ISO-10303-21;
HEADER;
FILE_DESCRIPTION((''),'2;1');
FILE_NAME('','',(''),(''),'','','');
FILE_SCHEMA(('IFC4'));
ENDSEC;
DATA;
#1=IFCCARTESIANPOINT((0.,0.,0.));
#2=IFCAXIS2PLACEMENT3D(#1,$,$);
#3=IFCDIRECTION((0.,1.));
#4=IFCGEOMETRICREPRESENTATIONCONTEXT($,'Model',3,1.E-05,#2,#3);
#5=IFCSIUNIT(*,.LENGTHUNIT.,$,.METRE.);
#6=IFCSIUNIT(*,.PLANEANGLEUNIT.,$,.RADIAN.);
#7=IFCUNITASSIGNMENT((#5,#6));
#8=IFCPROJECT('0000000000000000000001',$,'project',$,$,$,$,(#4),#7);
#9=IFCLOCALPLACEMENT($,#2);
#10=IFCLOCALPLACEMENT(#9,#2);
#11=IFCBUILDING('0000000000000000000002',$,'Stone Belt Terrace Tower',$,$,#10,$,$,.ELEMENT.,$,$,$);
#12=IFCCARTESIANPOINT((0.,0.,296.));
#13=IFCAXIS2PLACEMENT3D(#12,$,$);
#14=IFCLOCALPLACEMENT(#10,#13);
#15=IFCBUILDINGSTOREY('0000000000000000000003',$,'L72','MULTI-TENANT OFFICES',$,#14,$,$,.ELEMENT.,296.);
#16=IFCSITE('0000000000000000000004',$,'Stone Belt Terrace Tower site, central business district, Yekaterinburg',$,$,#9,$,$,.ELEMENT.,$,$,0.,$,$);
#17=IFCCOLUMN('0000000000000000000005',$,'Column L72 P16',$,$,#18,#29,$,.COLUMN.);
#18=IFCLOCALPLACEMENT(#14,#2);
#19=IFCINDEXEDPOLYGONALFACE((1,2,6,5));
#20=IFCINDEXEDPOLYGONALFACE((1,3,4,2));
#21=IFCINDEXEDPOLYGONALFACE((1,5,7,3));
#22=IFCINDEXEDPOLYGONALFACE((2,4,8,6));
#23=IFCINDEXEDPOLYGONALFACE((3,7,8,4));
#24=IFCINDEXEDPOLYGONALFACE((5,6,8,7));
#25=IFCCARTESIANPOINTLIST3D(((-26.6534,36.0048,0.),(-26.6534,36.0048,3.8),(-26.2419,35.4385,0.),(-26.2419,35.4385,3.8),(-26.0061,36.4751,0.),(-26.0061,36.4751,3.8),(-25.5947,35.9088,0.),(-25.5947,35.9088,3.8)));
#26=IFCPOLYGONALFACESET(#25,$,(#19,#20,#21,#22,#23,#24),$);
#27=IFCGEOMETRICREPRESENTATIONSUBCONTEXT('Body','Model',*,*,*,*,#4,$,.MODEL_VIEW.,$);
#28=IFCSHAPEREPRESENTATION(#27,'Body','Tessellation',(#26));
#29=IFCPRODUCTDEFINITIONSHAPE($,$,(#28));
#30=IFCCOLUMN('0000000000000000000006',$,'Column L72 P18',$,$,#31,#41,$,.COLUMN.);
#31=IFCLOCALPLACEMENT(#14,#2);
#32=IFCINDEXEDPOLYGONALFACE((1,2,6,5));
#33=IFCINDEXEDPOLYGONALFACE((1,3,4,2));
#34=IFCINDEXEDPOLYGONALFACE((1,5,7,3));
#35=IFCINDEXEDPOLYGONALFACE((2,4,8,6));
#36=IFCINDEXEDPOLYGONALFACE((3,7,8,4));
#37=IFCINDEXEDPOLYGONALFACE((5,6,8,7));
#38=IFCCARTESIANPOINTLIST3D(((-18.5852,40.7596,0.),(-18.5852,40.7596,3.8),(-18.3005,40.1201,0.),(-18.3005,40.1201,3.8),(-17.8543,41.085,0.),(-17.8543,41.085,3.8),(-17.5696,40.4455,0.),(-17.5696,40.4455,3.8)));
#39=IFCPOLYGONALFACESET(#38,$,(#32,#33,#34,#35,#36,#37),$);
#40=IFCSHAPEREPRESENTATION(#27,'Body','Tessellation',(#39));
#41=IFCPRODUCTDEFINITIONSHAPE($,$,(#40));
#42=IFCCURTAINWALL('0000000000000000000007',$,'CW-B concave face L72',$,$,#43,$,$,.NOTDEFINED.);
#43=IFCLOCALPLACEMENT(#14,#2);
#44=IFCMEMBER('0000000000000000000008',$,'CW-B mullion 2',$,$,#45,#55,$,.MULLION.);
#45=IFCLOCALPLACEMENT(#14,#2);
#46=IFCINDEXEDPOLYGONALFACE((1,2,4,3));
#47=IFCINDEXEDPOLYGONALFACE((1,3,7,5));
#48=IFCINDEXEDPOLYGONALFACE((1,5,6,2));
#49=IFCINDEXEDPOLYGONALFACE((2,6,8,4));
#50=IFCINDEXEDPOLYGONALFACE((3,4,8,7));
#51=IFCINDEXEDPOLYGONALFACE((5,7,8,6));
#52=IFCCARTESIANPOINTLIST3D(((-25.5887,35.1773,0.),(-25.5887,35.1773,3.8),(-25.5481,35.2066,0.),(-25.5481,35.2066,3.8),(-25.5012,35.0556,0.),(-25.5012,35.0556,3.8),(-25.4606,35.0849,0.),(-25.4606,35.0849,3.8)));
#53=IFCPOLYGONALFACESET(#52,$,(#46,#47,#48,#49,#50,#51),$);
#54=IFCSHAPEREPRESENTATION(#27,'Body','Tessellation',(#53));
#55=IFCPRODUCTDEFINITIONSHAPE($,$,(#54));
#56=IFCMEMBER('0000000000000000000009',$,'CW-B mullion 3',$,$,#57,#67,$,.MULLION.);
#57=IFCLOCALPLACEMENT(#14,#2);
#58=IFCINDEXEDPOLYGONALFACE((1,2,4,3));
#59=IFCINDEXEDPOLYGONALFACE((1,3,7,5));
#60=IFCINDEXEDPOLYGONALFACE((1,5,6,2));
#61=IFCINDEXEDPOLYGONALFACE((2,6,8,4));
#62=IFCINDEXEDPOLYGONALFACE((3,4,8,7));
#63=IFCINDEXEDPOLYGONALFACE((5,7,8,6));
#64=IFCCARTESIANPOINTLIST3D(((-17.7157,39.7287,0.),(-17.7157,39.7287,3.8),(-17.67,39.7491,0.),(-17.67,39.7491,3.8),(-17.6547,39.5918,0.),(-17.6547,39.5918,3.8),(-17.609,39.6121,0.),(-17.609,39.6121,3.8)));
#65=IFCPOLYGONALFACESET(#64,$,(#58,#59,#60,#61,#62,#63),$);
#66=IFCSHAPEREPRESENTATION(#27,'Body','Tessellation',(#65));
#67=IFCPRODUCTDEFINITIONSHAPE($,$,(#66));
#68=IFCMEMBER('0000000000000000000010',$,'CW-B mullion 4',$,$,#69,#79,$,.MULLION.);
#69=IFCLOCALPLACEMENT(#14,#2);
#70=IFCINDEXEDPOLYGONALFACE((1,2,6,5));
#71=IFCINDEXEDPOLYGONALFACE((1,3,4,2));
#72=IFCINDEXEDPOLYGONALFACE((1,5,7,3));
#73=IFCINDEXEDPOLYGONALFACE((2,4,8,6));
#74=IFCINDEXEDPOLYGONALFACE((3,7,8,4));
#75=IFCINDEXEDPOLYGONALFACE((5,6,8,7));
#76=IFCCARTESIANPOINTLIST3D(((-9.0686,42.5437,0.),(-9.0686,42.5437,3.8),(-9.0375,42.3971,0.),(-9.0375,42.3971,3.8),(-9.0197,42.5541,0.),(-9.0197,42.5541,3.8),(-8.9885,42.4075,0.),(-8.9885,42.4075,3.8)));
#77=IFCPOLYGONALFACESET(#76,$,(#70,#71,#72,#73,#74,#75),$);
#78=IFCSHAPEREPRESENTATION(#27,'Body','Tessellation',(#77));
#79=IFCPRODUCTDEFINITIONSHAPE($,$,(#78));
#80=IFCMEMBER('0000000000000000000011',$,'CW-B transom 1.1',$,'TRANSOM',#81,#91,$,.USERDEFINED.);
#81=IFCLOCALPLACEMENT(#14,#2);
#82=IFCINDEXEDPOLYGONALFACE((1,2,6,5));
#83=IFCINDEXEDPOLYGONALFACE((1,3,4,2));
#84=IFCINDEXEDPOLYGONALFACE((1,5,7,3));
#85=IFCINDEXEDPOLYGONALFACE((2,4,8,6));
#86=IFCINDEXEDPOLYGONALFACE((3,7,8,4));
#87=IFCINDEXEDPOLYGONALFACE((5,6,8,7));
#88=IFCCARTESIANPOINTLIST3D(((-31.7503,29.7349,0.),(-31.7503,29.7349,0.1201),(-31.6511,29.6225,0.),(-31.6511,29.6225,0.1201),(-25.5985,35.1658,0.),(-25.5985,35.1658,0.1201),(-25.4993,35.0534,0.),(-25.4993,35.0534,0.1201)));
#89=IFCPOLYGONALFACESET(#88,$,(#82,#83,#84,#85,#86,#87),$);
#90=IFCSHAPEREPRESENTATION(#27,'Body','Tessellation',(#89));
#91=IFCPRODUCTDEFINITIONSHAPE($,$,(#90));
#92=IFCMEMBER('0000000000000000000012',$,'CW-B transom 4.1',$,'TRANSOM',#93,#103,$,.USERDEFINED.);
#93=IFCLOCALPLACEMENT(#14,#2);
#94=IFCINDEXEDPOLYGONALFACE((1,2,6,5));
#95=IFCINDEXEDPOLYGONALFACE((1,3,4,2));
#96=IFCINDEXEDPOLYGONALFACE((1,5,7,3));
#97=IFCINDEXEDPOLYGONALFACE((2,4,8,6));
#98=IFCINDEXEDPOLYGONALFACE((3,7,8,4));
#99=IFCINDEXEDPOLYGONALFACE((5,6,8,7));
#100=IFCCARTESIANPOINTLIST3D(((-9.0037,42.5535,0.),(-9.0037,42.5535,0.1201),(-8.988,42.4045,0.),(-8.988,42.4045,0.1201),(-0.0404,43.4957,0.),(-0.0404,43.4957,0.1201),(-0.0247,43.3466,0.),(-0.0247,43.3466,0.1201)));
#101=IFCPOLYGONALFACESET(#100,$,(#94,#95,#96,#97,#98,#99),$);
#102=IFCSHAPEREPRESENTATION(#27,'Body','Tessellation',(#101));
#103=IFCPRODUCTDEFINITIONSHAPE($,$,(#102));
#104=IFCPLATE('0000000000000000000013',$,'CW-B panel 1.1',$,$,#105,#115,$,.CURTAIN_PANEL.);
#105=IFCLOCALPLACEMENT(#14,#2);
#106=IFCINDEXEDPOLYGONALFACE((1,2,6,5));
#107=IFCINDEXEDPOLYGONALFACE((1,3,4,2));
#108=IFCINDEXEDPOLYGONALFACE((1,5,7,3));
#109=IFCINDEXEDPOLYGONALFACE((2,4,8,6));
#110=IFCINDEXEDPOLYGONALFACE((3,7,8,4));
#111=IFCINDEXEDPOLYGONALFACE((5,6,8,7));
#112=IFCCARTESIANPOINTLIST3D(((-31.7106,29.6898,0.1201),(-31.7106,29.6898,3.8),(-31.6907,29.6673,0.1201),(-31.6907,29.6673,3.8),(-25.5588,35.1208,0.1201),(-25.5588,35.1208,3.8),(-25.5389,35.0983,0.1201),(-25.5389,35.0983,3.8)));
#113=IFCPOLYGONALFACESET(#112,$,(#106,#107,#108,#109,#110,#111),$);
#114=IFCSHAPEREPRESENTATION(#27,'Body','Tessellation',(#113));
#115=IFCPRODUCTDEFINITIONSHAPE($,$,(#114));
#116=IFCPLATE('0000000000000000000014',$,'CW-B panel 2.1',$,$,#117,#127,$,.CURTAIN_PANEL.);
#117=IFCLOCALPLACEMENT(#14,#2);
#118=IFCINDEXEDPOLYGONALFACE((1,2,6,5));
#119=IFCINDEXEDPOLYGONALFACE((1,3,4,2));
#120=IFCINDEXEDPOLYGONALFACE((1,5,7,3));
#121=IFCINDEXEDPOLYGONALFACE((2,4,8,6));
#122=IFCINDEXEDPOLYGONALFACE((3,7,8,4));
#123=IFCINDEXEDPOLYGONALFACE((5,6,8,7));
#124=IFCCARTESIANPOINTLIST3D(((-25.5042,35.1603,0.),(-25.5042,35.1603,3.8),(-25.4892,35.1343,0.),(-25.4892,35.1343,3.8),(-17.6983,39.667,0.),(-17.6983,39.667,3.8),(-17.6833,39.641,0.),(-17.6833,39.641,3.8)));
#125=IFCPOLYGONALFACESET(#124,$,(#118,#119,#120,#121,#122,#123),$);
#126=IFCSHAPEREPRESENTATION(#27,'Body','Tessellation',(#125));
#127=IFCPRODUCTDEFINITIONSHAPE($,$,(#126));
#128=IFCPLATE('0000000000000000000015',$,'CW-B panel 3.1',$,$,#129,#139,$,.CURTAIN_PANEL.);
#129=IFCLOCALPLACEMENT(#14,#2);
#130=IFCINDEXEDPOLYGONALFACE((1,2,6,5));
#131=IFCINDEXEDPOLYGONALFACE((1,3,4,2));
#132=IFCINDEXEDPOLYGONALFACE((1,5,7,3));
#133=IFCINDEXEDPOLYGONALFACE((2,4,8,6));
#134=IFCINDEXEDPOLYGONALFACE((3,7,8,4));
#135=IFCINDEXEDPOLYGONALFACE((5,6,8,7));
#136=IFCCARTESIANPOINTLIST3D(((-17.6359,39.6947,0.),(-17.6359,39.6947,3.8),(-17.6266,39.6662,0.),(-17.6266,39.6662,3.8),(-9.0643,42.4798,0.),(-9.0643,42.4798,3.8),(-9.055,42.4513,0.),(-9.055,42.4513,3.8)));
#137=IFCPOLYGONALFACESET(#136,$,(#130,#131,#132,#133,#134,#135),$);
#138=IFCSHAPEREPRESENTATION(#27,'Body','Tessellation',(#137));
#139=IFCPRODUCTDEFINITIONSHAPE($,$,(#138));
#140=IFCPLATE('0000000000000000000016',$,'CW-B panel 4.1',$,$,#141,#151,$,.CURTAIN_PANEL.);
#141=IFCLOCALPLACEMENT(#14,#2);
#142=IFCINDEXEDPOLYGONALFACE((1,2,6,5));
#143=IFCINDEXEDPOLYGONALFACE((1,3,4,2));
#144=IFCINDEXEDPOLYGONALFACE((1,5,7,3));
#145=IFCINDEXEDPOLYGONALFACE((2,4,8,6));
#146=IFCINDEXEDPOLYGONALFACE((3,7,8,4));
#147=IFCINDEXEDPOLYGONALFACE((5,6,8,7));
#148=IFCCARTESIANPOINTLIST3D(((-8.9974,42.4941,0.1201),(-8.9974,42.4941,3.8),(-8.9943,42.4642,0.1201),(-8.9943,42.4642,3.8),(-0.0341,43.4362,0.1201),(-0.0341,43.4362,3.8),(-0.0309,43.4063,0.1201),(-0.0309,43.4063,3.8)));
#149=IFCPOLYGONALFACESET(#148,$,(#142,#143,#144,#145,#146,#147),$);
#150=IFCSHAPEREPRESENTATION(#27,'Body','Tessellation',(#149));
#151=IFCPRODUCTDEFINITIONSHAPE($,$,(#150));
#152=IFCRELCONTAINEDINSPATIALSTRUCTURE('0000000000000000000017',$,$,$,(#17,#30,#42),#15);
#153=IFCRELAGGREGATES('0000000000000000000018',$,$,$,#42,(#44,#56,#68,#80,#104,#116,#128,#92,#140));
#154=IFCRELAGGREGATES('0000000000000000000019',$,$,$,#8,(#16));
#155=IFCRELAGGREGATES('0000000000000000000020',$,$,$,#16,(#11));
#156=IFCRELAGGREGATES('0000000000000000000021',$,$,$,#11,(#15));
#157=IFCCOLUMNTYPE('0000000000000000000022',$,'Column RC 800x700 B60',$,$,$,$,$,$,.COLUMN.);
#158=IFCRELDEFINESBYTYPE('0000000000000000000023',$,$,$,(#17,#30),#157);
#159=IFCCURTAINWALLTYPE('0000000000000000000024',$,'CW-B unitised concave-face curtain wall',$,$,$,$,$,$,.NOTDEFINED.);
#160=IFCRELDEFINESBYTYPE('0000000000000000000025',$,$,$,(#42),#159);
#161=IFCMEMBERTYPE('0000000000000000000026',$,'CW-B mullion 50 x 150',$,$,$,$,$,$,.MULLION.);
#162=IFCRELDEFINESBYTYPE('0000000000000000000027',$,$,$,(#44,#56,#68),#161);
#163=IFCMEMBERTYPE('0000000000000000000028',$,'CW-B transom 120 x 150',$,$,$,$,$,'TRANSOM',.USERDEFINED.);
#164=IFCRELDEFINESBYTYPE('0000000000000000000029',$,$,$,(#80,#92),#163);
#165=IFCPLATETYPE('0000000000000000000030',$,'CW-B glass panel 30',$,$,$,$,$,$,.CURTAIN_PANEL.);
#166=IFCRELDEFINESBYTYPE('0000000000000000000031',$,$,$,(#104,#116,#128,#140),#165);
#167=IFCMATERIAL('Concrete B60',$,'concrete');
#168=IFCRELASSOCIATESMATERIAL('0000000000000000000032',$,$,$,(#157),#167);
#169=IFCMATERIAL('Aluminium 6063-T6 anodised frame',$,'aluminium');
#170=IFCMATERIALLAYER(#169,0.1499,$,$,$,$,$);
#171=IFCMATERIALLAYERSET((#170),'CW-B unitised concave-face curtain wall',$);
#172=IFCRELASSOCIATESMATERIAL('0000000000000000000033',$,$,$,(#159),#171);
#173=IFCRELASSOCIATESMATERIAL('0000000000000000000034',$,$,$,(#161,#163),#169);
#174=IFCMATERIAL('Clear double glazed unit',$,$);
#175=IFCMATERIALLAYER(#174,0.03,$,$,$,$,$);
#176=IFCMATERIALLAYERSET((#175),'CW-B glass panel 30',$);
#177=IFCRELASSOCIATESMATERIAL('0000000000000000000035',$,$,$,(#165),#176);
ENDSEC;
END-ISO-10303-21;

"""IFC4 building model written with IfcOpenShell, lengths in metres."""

from ifc_helpers import new_model, si_unit, direction, frame, origin, origin_2d, place, context, subcontext, project, spatial, rectangle, extrude, material, layer, layer_set, material_profile, profile_set, type_object, element, aggregate, save


model = new_model("IFC4")

# Units and contexts
model_context = context("Model", 3, precision=1e-05, world=origin(), true_north=direction((0.0, 1.0)))
body_context = subcontext(model_context, "Body", "Model", "MODEL_VIEW")
ifc_project = project(units=[si_unit("LENGTHUNIT", "METRE"), si_unit("PLANEANGLEUNIT", "RADIAN")], contexts=[model_context])

# Site, building, storey
site_placement = place(None, origin())
site = spatial("IfcSite", under=ifc_project, at=site_placement, Name="Stone Belt Terrace Tower site, central business district, Yekaterinburg", CompositionType="ELEMENT", RefElevation=0.0)
building_placement = place(site_placement, origin())
building = spatial("IfcBuilding", under=site, at=building_placement, Name="Stone Belt Terrace Tower", CompositionType="ELEMENT")
storey_placement = place(building_placement, frame((0.0, 0.0, 296.0)))
storey = spatial("IfcBuildingStorey", under=building, at=storey_placement, Name="L72", Description="MULTI-TENANT OFFICES", CompositionType="ELEMENT", Elevation=296.0)

# Columns
ifc_material_1 = material(Name="Concrete B60", Category="concrete")
ifc_material_profile_1 = material_profile(ifc_material_1, rectangle(XDim=0.8, YDim=0.7, at=origin_2d()), Name="RC 800x700")
ifc_profile_set_1 = profile_set([ifc_material_profile_1], Name="Concrete B60")
column_type = type_object("IfcColumnType", Name="Column RC 800x700 B60", PredefinedType="COLUMN", material=ifc_profile_set_1)
for number, where, z_axis, x_axis, name in (
    (1, (-26.124, 35.9568, 0.0), (0.0, 0.0, 1.0), (0.809017, 0.587785, 0.0), "Column L72 P16"),
    (2, (-18.0774, 40.6025, 0.0), (0.0, 0.0, 1.0), (0.913545, 0.406737, 0.0), "Column L72 P18"),
):
    element("IfcColumn", number, at=place(storey_placement, frame(where, z_axis=z_axis, x_axis=x_axis)), inside=storey, type_object=column_type, Name=name, PredefinedType="COLUMN", context=body_context, shape_type="SweptSolid", body=[
        extrude(rectangle(XDim=0.8, YDim=0.7, at=origin_2d()), origin(), (0.0, 0.0, 1.0), 3.8),
    ])

# Curtain wall, members, plates
ifc_material_2 = material(Name="Aluminium 6063-T6 anodised frame", Category="aluminium")
ifc_layer_1 = layer(ifc_material_2, 0.1499)
ifc_layer_set_1 = layer_set([ifc_layer_1], Name="CW-B unitised concave-face curtain wall")
curtain_wall_type = type_object("IfcCurtainWallType", Name="CW-B unitised concave-face curtain wall", PredefinedType="NOTDEFINED", material=ifc_layer_set_1)
curtain_wall_placement = place(storey_placement, origin())
curtain_wall = element("IfcCurtainWall", 3, at=curtain_wall_placement, inside=storey, type_object=curtain_wall_type, Name="CW-B concave face L72", PredefinedType="NOTDEFINED")
ifc_material_profile_2 = material_profile(ifc_material_2, rectangle(XDim=0.1499, YDim=0.05, at=origin_2d()), Name="Aluminium 6063-T6 50x150")
ifc_profile_set_2 = profile_set([ifc_material_profile_2], Name="Aluminium 6063-T6 anodised frame")
member_type_1 = type_object("IfcMemberType", Name="CW-B mullion 50 x 150", PredefinedType="MULLION", material=ifc_profile_set_2)
member_1_placement = place(storey_placement, frame((-25.5247, 35.1311, 0.0), z_axis=(0.0, 0.0, 1.0), x_axis=(-0.583819, 0.811884, 0.0)))
member_1 = element("IfcMember", 4, at=member_1_placement, type_object=member_type_1, Name="CW-B mullion 2", PredefinedType="MULLION", context=body_context, shape_type="SweptSolid", body=[
    extrude(rectangle(XDim=0.1499, YDim=0.05, at=origin_2d()), origin(), (0.0, 0.0, 1.0), 3.8),
])
member_2_placement = place(storey_placement, frame((-17.6624, 39.6704, 0.0), z_axis=(0.0, 0.0, 1.0), x_axis=(-0.406737, 0.913545, 0.0)))
member_2 = element("IfcMember", 5, at=member_2_placement, type_object=member_type_1, Name="CW-B mullion 3", PredefinedType="MULLION", context=body_context, shape_type="SweptSolid", body=[
    extrude(rectangle(XDim=0.1499, YDim=0.05, at=origin_2d()), origin(), (0.0, 0.0, 1.0), 3.8),
])
member_3_placement = place(storey_placement, frame((-9.0286, 42.4756, 0.0), z_axis=(0.0, 0.0, 1.0), x_axis=(-0.207912, 0.978148, 0.0)))
member_3 = element("IfcMember", 6, at=member_3_placement, type_object=member_type_1, Name="CW-B mullion 4", PredefinedType="MULLION", context=body_context, shape_type="SweptSolid", body=[
    extrude(rectangle(XDim=0.1499, YDim=0.05, at=origin_2d()), origin(), (0.0, 0.0, 1.0), 3.8),
])
ifc_material_profile_3 = material_profile(ifc_material_2, rectangle(XDim=0.1499, YDim=0.1201, at=origin_2d()), Name="Aluminium 6063-T6 150x120")
ifc_profile_set_3 = profile_set([ifc_material_profile_3], Name="Aluminium 6063-T6 anodised frame")
member_type_2 = type_object("IfcMemberType", Name="CW-B transom 120 x 150", ElementType="TRANSOM", PredefinedType="USERDEFINED", material=ifc_profile_set_3)
member_4_placement = place(storey_placement, frame((-31.7007, 29.6787, 0.0601), z_axis=(0.749669, 0.661813, 0.0), x_axis=(-0.661813, 0.749669, 0.0)))
member_4 = element("IfcMember", 7, at=member_4_placement, type_object=member_type_2, Name="CW-B transom 1.1", ObjectType="TRANSOM", PredefinedType="USERDEFINED", context=body_context, shape_type="SweptSolid", body=[
    extrude(rectangle(XDim=0.1499, YDim=0.1201, at=origin_2d()), origin(), (0.0, 0.0, 1.0), 8.2061),
])
member_5_placement = place(storey_placement, frame((-8.9958, 42.479, 0.0601), z_axis=(0.994521, 0.104534, 0.0), x_axis=(-0.104534, 0.994521, 0.0)))
member_5 = element("IfcMember", 8, at=member_5_placement, type_object=member_type_2, Name="CW-B transom 4.1", ObjectType="TRANSOM", PredefinedType="USERDEFINED", context=body_context, shape_type="SweptSolid", body=[
    extrude(rectangle(XDim=0.1499, YDim=0.1201, at=origin_2d()), origin(), (0.0, 0.0, 1.0), 9.0127),
])
ifc_material_3 = material(Name="Clear double glazed unit")
ifc_layer_2 = layer(ifc_material_3, 0.03)
ifc_layer_set_2 = layer_set([ifc_layer_2], Name="CW-B glass panel 30")
plate_type = type_object("IfcPlateType", Name="CW-B glass panel 30", PredefinedType="CURTAIN_PANEL", material=ifc_layer_set_2)
plate_1_placement = place(storey_placement, frame((-28.6248, 32.394, 0.1201), z_axis=(0.0, 0.0, 1.0), x_axis=(0.749659, 0.661825, 0.0)))
plate_1 = element("IfcPlate", 9, at=plate_1_placement, type_object=plate_type, Name="CW-B panel 1.1", PredefinedType="CURTAIN_PANEL", context=body_context, shape_type="SweptSolid", body=[
    extrude(rectangle(XDim=8.2061, YDim=0.03, at=origin_2d()), origin(), (0.0, 0.0, 1.0), 3.6799),
])
plate_2_placement = place(storey_placement, frame((-21.5938, 37.4006, 0.0), z_axis=(0.0, 0.0, 1.0), x_axis=(0.866025, 0.5, 0.0)))
plate_2 = element("IfcPlate", 10, at=plate_2_placement, type_object=plate_type, Name="CW-B panel 2.1", PredefinedType="CURTAIN_PANEL", context=body_context, shape_type="SweptSolid", body=[
    extrude(rectangle(XDim=9.0134, YDim=0.03, at=origin_2d()), origin(), (0.0, 0.0, 1.0), 3.8),
])
plate_3_placement = place(storey_placement, frame((-13.3455, 41.073, 0.0), z_axis=(0.0, 0.0, 1.0), x_axis=(0.951057, 0.309017, 0.0)))
plate_3 = element("IfcPlate", 11, at=plate_3_placement, type_object=plate_type, Name="CW-B panel 3.1", PredefinedType="CURTAIN_PANEL", context=body_context, shape_type="SweptSolid", body=[
    extrude(rectangle(XDim=9.0127, YDim=0.03, at=origin_2d()), origin(), (0.0, 0.0, 1.0), 3.8),
])
plate_4_placement = place(storey_placement, frame((-4.5142, 42.9502, 0.1201), z_axis=(0.0, 0.0, 1.0), x_axis=(0.994522, 0.104528, 0.0)))
plate_4 = element("IfcPlate", 12, at=plate_4_placement, type_object=plate_type, Name="CW-B panel 4.1", PredefinedType="CURTAIN_PANEL", context=body_context, shape_type="SweptSolid", body=[
    extrude(rectangle(XDim=9.0127, YDim=0.03, at=origin_2d()), origin(), (0.0, 0.0, 1.0), 3.6799),
])
aggregate(curtain_wall, [member_1, member_2, member_3, member_4, plate_1, plate_2, plate_3, member_5, plate_4])

save(model, "model.ifc")
